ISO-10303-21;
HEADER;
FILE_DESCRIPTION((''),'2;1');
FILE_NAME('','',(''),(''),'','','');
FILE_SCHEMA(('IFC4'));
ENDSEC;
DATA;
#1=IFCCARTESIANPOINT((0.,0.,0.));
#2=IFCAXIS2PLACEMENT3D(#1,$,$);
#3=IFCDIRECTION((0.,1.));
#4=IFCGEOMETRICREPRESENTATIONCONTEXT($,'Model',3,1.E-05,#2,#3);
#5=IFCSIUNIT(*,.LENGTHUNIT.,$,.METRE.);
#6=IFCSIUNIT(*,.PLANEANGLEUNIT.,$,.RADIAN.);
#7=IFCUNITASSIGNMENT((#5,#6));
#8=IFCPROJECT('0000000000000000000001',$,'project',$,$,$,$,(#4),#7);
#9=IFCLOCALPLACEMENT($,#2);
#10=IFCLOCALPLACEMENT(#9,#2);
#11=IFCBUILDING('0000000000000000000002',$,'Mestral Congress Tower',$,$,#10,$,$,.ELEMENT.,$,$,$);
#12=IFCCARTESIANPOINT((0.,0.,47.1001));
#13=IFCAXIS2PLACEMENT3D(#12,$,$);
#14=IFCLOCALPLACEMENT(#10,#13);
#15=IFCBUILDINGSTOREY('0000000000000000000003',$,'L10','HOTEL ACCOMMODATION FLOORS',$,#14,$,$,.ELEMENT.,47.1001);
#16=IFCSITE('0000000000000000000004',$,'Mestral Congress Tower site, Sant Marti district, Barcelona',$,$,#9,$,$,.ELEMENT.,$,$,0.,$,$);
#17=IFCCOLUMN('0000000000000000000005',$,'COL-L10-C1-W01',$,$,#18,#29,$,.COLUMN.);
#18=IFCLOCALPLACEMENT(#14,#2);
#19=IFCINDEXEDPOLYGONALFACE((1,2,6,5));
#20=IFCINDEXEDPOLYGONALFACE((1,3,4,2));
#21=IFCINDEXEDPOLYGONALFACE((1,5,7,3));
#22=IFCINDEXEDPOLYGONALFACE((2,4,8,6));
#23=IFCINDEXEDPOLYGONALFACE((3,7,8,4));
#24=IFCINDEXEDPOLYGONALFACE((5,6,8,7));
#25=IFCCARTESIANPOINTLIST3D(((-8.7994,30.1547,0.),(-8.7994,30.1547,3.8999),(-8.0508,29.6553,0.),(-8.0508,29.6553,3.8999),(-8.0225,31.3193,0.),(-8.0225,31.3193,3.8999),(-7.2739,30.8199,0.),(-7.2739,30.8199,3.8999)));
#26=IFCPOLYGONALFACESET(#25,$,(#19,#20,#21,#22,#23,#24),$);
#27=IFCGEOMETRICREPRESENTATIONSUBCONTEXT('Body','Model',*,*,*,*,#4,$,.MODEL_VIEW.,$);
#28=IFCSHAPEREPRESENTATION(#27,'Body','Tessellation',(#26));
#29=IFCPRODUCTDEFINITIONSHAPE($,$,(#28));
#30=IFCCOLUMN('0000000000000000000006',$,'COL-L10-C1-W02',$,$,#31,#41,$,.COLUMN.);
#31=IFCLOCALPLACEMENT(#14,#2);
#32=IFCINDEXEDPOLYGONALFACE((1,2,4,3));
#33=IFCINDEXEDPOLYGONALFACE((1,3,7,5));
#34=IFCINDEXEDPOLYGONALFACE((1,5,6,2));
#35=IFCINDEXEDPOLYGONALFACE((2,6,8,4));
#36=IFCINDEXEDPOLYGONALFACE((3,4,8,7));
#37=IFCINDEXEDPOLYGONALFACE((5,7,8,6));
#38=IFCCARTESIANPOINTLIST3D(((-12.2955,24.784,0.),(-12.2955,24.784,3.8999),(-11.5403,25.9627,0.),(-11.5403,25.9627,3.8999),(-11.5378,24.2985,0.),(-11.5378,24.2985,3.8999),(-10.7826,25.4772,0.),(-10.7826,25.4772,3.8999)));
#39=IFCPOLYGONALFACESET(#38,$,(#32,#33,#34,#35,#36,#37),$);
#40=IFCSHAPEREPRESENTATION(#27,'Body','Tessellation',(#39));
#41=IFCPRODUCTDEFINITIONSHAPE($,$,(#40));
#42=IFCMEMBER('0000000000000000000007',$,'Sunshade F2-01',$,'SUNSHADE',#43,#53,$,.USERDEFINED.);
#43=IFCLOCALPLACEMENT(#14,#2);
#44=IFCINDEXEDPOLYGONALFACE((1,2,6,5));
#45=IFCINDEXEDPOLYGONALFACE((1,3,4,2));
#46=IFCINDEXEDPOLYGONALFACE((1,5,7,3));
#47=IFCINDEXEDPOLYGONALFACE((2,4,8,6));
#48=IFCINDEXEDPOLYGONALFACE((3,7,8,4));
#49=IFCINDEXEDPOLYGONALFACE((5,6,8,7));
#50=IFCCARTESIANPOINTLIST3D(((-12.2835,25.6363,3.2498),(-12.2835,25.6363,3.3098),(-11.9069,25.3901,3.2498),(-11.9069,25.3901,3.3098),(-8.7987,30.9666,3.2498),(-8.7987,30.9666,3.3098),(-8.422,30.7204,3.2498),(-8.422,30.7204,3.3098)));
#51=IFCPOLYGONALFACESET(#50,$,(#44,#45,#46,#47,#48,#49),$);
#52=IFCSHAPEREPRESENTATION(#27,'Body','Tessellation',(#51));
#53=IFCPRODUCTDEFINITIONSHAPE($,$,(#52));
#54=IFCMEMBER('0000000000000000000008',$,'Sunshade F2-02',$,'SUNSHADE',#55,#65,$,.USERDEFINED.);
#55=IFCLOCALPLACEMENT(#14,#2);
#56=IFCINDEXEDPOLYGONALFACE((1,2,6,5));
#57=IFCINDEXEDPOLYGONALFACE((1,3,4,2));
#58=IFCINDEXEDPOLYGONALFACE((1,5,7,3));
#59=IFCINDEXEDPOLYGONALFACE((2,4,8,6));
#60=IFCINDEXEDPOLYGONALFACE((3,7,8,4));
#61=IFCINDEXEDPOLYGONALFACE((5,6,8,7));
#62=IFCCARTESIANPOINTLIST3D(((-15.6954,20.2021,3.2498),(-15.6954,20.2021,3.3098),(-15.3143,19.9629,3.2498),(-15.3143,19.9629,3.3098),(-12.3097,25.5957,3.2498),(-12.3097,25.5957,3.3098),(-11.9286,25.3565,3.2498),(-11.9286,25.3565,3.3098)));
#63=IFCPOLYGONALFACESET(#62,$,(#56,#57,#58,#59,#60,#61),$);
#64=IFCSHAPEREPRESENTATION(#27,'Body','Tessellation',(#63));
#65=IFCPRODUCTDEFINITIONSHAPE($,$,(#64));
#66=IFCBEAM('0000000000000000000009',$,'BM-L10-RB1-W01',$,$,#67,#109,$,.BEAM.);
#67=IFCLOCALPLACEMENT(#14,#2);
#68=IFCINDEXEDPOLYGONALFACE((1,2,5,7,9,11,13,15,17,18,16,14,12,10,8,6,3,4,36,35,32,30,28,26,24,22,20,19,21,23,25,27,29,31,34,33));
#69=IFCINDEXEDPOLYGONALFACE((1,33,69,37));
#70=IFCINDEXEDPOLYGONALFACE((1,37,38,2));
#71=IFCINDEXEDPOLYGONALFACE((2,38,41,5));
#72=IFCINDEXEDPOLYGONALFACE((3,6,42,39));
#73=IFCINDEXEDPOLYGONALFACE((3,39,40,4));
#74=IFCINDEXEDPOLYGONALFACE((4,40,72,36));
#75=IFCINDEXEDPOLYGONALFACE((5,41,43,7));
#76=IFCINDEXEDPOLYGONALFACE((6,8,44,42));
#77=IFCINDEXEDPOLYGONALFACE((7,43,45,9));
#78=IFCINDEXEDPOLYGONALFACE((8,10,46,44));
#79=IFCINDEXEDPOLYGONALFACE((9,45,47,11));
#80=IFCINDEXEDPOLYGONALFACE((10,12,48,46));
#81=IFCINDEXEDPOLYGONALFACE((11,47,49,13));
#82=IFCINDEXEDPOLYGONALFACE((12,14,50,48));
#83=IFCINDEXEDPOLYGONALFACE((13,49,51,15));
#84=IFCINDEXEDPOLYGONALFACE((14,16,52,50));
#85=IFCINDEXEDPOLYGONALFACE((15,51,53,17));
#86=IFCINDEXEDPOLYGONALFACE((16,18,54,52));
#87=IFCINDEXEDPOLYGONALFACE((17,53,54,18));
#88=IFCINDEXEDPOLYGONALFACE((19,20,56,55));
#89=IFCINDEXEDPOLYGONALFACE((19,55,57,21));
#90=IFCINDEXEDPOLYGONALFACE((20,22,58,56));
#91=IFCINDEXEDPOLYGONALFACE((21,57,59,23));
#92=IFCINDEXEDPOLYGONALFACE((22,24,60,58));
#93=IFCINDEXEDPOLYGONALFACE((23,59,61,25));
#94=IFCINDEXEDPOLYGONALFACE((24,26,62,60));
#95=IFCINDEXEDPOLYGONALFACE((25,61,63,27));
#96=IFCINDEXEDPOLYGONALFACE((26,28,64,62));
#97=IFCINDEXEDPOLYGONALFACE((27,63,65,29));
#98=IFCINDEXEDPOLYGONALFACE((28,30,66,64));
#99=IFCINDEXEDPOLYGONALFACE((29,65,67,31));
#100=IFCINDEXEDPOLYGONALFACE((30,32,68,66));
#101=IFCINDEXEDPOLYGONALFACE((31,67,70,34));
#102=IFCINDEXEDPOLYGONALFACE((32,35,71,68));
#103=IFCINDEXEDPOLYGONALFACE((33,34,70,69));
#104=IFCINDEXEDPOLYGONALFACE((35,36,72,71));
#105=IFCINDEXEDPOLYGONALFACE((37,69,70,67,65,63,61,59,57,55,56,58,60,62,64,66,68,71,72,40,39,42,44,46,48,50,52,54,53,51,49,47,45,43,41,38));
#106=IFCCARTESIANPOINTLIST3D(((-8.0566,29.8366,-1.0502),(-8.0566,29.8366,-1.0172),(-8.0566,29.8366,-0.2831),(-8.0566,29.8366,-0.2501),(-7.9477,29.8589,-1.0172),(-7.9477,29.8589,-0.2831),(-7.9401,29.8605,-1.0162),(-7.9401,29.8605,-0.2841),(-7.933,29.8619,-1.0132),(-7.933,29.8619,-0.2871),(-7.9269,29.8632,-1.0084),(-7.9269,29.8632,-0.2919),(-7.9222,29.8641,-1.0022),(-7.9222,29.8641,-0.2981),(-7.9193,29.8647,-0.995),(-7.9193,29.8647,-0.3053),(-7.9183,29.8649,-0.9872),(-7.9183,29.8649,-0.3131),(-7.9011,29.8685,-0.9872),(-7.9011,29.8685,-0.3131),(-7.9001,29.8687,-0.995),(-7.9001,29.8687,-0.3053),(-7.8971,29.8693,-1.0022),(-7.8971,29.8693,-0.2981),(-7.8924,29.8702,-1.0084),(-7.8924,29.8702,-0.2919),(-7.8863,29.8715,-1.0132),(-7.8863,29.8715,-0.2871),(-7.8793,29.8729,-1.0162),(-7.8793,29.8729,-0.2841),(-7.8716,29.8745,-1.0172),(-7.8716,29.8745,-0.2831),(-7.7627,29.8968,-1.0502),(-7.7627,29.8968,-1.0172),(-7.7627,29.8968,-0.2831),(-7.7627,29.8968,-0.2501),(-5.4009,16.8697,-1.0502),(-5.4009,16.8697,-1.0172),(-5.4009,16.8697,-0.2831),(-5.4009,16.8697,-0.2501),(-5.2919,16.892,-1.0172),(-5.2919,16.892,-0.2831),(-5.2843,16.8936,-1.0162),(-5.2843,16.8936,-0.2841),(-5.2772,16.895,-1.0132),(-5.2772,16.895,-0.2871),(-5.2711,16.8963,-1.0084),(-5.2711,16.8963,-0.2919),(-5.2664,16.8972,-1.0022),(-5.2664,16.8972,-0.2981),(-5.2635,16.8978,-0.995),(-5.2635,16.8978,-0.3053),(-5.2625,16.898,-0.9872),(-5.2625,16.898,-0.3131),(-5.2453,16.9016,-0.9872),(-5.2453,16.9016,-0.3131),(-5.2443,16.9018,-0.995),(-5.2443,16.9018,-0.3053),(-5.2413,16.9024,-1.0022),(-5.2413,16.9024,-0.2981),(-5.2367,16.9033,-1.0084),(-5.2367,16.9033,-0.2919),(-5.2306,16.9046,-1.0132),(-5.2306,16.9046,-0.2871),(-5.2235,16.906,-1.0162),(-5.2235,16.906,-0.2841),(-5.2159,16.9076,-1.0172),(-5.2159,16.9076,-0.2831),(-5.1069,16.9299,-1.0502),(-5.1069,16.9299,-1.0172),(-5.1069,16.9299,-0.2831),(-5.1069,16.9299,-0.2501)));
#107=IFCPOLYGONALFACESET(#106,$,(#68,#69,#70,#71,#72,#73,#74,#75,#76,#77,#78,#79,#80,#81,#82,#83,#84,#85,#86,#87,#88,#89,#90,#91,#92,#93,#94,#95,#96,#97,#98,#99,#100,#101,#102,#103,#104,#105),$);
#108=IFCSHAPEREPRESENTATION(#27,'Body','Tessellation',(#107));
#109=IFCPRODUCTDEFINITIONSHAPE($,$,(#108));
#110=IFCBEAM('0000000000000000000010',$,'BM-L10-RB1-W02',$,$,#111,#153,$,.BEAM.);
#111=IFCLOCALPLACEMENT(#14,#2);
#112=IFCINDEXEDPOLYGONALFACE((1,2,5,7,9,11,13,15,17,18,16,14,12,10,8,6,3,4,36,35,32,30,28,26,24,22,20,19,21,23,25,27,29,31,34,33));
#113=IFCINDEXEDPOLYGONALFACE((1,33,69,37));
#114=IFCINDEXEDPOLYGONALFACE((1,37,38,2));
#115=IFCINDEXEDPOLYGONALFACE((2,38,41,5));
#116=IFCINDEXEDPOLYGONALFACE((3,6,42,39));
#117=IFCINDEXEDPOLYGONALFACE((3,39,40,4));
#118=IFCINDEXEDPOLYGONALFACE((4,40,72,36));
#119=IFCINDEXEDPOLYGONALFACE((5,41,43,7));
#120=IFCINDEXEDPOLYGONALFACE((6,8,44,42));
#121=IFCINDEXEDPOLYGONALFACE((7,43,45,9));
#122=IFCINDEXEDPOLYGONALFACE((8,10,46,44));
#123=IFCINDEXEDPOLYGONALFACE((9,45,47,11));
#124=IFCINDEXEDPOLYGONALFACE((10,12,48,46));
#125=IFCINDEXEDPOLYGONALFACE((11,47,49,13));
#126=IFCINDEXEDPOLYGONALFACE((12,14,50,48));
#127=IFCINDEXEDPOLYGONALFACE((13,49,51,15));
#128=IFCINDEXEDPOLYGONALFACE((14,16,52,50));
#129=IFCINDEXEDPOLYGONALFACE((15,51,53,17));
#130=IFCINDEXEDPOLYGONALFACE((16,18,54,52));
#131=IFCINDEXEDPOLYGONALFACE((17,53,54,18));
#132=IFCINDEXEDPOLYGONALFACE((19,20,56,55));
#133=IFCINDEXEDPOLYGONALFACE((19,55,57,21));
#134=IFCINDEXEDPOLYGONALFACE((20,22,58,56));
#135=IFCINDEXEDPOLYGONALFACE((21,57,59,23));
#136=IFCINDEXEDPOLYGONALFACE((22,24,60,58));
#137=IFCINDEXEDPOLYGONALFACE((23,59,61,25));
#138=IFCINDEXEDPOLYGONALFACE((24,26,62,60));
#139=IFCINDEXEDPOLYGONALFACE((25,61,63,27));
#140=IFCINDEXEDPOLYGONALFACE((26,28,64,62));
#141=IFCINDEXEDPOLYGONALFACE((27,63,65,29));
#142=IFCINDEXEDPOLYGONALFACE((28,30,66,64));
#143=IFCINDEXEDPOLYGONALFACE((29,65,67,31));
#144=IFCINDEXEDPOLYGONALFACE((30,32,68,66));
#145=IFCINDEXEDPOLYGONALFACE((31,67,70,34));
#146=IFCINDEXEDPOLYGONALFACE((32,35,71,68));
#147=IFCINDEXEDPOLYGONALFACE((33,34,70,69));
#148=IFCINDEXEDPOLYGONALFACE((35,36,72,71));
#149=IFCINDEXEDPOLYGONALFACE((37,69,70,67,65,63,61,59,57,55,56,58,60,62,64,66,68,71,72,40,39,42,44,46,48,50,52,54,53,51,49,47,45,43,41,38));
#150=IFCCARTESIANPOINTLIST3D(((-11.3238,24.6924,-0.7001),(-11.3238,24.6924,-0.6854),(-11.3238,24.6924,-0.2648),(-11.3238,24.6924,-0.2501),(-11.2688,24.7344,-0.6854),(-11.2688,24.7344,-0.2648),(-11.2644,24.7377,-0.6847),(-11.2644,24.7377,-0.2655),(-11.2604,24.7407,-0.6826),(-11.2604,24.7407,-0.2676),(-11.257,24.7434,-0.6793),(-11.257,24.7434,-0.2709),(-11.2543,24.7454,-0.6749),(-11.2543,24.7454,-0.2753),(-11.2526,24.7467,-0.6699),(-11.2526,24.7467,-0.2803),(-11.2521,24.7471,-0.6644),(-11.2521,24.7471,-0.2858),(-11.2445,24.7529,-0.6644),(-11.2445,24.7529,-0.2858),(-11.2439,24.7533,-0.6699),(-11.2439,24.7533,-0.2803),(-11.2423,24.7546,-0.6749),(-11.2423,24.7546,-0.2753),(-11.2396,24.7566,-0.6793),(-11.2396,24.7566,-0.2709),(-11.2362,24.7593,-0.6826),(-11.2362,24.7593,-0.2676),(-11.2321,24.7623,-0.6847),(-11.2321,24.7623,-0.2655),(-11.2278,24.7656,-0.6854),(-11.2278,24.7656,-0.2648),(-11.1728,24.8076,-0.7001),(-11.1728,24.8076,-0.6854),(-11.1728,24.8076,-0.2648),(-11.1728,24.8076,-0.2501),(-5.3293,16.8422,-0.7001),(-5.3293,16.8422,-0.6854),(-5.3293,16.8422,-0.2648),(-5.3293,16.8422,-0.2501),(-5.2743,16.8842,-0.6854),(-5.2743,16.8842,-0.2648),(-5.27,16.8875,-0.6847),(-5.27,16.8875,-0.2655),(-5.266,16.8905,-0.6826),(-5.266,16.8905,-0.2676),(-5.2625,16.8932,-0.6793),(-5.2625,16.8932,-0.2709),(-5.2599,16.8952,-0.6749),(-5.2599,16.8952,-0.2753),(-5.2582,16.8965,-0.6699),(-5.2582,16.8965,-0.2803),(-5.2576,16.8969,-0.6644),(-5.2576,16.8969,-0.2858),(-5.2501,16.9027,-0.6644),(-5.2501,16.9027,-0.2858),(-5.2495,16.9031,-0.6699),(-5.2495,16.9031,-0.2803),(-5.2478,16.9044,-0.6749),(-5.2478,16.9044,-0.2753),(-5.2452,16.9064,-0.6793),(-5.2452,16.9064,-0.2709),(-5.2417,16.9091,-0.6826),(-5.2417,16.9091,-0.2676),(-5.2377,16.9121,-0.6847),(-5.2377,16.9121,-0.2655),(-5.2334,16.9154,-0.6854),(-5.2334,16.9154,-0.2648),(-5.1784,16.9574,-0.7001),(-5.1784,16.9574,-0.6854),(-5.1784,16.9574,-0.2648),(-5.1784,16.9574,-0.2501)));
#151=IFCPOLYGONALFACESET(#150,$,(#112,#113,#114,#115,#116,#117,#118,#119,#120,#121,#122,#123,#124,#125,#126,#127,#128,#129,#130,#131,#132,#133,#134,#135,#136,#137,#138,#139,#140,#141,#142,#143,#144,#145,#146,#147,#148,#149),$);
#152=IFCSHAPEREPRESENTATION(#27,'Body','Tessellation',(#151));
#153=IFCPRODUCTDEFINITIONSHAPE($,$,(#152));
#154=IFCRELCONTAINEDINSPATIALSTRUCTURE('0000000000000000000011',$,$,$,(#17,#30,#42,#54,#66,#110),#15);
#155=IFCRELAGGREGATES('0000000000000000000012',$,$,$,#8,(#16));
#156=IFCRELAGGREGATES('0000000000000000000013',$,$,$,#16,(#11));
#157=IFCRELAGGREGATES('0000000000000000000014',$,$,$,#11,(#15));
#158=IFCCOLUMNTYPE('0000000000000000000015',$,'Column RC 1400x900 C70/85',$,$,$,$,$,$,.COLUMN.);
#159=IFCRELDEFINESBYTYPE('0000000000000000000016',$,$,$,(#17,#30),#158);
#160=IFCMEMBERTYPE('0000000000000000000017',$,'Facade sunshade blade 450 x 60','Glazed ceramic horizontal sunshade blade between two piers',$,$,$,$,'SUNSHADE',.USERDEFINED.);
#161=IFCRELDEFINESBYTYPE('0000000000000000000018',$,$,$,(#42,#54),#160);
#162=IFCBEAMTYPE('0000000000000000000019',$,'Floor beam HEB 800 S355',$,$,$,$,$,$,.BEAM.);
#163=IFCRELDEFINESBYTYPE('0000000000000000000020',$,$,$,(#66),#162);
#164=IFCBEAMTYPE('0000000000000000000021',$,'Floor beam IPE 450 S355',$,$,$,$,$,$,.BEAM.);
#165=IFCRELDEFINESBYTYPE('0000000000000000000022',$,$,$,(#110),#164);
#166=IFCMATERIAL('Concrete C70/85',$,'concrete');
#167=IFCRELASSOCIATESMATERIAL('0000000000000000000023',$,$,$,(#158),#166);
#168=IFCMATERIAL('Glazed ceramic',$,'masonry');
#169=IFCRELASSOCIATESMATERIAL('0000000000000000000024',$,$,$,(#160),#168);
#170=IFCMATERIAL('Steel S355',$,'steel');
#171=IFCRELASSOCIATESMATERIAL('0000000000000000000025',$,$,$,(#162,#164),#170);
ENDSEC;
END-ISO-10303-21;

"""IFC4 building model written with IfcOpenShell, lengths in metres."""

from ifc_helpers import new_model, si_unit, direction, frame, origin, origin_2d, place, context, subcontext, project, spatial, rectangle, i_section, extrude, material, material_profile, profile_set, type_object, element, save


model = new_model("IFC4")

# Units and contexts
model_context = context("Model", 3, precision=1e-05, world=origin(), true_north=direction((0.0, 1.0)))
body_context = subcontext(model_context, "Body", "Model", "MODEL_VIEW")
ifc_project = project(units=[si_unit("LENGTHUNIT", "METRE"), si_unit("PLANEANGLEUNIT", "RADIAN")], contexts=[model_context])

# Site, building, storey
site_placement = place(None, origin())
site = spatial("IfcSite", under=ifc_project, at=site_placement, Name="Mestral Congress Tower site, Sant Marti district, Barcelona", CompositionType="ELEMENT", RefElevation=0.0)
building_placement = place(site_placement, origin())
building = spatial("IfcBuilding", under=site, at=building_placement, Name="Mestral Congress Tower", CompositionType="ELEMENT")
storey_placement = place(building_placement, frame((0.0, 0.0, 47.1001)))
storey = spatial("IfcBuildingStorey", under=building, at=storey_placement, Name="L10", Description="HOTEL ACCOMMODATION FLOORS", CompositionType="ELEMENT", Elevation=47.1001)

# Columns
ifc_material_1 = material(Name="Concrete C70/85", Category="concrete")
ifc_material_profile_1 = material_profile(ifc_material_1, rectangle(XDim=1.3999, YDim=0.8999, at=origin_2d()), Name="RC 1400x900")
ifc_profile_set_1 = profile_set([ifc_material_profile_1], Name="Concrete C70/85")
column_type = type_object("IfcColumnType", Name="Column RC 1400x900 C70/85", PredefinedType="COLUMN", material=ifc_profile_set_1)
for number, where, z_axis, x_axis, name in (
    (1, (-8.0366, 30.4873, 0.0), (0.0, 0.0, 1.0), (-0.554949, -0.831884, 0.0), "COL-L10-C1-W01"),
    (2, (-11.5391, 25.1306, 0.0), (0.0, 0.0, 1.0), (-0.539476, -0.842001, 0.0), "COL-L10-C1-W02"),
):
    element("IfcColumn", number, at=place(storey_placement, frame(where, z_axis=z_axis, x_axis=x_axis)), inside=storey, type_object=column_type, Name=name, PredefinedType="COLUMN", context=body_context, shape_type="SweptSolid", body=[
        extrude(rectangle(XDim=1.3999, YDim=0.8999, at=origin_2d()), origin(), (0.0, 0.0, 1.0), 3.8999),
    ])

# Members
ifc_material_2 = material(Name="Glazed ceramic", Category="masonry")
ifc_material_profile_2 = material_profile(ifc_material_2, rectangle(XDim=0.45, YDim=0.0601, at=origin_2d()), Name="Ceramic blade 450 x 60")
ifc_profile_set_2 = profile_set([ifc_material_profile_2], Name="Glazed ceramic")
member_type = type_object("IfcMemberType", Name="Facade sunshade blade 450 x 60", Description="Glazed ceramic horizontal sunshade blade between two piers", ElementType="SUNSHADE", PredefinedType="USERDEFINED", material=ifc_profile_set_2)
member_1_placement = place(storey_placement, frame((-8.6104, 30.8435, 3.2798), z_axis=(-0.547211, -0.836995, 0.0), x_axis=(0.836995, -0.547211, 0.0)))
element("IfcMember", 3, at=member_1_placement, inside=storey, type_object=member_type, Name="Sunshade F2-01", ObjectType="SUNSHADE", PredefinedType="USERDEFINED", context=body_context, shape_type="SweptSolid", body=[
    extrude(rectangle(XDim=0.45, YDim=0.0601, at=origin_2d()), origin(), (0.0, 0.0, 1.0), 6.3684),
])
member_2_placement = place(storey_placement, frame((-12.1191, 25.4761, 3.2798), z_axis=(-0.531666, -0.846954, 0.0), x_axis=(0.846954, -0.531666, 0.0)))
element("IfcMember", 4, at=member_2_placement, inside=storey, type_object=member_type, Name="Sunshade F2-02", ObjectType="SUNSHADE", PredefinedType="USERDEFINED", context=body_context, shape_type="SweptSolid", body=[
    extrude(rectangle(XDim=0.45, YDim=0.0601, at=origin_2d()), origin(), (0.0, 0.0, 1.0), 6.3682),
])

# Beams
ifc_material_3 = material(Name="Steel S355", Category="steel")
ifc_material_profile_3 = material_profile(ifc_material_3, i_section(OverallWidth=0.3, OverallDepth=0.8, WebThickness=0.0176, FlangeThickness=0.033, FilletRadius=0.03, at=origin_2d()), Name="HEB 800")
ifc_profile_set_3 = profile_set([ifc_material_profile_3], Name="Steel S355")
beam_type_1 = type_object("IfcBeamType", Name="Floor beam HEB 800 S355", PredefinedType="BEAM", material=ifc_profile_set_3)
beam_1_placement = place(storey_placement, frame((-7.9097, 29.8667, -0.6501), z_axis=(0.200647, -0.979664, 0.0), x_axis=(0.979664, 0.200647, 0.0)))
element("IfcBeam", 5, at=beam_1_placement, inside=storey, type_object=beam_type_1, Name="BM-L10-RB1-W01", PredefinedType="BEAM", context=body_context, shape_type="SweptSolid", body=[
    extrude(i_section(OverallWidth=0.3, OverallDepth=0.8, WebThickness=0.0176, FlangeThickness=0.033, FilletRadius=0.03, at=origin_2d()), origin(), (0.0, 0.0, 1.0), 13.2361),
])
ifc_material_profile_4 = material_profile(ifc_material_3, i_section(OverallWidth=0.1899, OverallDepth=0.45, WebThickness=0.0095, FlangeThickness=0.0146, FilletRadius=0.021, at=origin_2d()), Name="IPE 450")
ifc_profile_set_4 = profile_set([ifc_material_profile_4], Name="Steel S355")
beam_type_2 = type_object("IfcBeamType", Name="Floor beam IPE 450 S355", PredefinedType="BEAM", material=ifc_profile_set_4)
beam_2_placement = place(storey_placement, frame((-11.2483, 24.75, -0.4751), z_axis=(0.606899, -0.794779, 0.0), x_axis=(0.794779, 0.606899, 0.0)))
element("IfcBeam", 6, at=beam_2_placement, inside=storey, type_object=beam_type_2, Name="BM-L10-RB1-W02", PredefinedType="BEAM", context=body_context, shape_type="SweptSolid", body=[
    extrude(i_section(OverallWidth=0.1899, OverallDepth=0.45, WebThickness=0.0095, FlangeThickness=0.0146, FilletRadius=0.021, at=origin_2d()), origin(), (0.0, 0.0, 1.0), 9.8772),
])

save(model, "model.ifc")
